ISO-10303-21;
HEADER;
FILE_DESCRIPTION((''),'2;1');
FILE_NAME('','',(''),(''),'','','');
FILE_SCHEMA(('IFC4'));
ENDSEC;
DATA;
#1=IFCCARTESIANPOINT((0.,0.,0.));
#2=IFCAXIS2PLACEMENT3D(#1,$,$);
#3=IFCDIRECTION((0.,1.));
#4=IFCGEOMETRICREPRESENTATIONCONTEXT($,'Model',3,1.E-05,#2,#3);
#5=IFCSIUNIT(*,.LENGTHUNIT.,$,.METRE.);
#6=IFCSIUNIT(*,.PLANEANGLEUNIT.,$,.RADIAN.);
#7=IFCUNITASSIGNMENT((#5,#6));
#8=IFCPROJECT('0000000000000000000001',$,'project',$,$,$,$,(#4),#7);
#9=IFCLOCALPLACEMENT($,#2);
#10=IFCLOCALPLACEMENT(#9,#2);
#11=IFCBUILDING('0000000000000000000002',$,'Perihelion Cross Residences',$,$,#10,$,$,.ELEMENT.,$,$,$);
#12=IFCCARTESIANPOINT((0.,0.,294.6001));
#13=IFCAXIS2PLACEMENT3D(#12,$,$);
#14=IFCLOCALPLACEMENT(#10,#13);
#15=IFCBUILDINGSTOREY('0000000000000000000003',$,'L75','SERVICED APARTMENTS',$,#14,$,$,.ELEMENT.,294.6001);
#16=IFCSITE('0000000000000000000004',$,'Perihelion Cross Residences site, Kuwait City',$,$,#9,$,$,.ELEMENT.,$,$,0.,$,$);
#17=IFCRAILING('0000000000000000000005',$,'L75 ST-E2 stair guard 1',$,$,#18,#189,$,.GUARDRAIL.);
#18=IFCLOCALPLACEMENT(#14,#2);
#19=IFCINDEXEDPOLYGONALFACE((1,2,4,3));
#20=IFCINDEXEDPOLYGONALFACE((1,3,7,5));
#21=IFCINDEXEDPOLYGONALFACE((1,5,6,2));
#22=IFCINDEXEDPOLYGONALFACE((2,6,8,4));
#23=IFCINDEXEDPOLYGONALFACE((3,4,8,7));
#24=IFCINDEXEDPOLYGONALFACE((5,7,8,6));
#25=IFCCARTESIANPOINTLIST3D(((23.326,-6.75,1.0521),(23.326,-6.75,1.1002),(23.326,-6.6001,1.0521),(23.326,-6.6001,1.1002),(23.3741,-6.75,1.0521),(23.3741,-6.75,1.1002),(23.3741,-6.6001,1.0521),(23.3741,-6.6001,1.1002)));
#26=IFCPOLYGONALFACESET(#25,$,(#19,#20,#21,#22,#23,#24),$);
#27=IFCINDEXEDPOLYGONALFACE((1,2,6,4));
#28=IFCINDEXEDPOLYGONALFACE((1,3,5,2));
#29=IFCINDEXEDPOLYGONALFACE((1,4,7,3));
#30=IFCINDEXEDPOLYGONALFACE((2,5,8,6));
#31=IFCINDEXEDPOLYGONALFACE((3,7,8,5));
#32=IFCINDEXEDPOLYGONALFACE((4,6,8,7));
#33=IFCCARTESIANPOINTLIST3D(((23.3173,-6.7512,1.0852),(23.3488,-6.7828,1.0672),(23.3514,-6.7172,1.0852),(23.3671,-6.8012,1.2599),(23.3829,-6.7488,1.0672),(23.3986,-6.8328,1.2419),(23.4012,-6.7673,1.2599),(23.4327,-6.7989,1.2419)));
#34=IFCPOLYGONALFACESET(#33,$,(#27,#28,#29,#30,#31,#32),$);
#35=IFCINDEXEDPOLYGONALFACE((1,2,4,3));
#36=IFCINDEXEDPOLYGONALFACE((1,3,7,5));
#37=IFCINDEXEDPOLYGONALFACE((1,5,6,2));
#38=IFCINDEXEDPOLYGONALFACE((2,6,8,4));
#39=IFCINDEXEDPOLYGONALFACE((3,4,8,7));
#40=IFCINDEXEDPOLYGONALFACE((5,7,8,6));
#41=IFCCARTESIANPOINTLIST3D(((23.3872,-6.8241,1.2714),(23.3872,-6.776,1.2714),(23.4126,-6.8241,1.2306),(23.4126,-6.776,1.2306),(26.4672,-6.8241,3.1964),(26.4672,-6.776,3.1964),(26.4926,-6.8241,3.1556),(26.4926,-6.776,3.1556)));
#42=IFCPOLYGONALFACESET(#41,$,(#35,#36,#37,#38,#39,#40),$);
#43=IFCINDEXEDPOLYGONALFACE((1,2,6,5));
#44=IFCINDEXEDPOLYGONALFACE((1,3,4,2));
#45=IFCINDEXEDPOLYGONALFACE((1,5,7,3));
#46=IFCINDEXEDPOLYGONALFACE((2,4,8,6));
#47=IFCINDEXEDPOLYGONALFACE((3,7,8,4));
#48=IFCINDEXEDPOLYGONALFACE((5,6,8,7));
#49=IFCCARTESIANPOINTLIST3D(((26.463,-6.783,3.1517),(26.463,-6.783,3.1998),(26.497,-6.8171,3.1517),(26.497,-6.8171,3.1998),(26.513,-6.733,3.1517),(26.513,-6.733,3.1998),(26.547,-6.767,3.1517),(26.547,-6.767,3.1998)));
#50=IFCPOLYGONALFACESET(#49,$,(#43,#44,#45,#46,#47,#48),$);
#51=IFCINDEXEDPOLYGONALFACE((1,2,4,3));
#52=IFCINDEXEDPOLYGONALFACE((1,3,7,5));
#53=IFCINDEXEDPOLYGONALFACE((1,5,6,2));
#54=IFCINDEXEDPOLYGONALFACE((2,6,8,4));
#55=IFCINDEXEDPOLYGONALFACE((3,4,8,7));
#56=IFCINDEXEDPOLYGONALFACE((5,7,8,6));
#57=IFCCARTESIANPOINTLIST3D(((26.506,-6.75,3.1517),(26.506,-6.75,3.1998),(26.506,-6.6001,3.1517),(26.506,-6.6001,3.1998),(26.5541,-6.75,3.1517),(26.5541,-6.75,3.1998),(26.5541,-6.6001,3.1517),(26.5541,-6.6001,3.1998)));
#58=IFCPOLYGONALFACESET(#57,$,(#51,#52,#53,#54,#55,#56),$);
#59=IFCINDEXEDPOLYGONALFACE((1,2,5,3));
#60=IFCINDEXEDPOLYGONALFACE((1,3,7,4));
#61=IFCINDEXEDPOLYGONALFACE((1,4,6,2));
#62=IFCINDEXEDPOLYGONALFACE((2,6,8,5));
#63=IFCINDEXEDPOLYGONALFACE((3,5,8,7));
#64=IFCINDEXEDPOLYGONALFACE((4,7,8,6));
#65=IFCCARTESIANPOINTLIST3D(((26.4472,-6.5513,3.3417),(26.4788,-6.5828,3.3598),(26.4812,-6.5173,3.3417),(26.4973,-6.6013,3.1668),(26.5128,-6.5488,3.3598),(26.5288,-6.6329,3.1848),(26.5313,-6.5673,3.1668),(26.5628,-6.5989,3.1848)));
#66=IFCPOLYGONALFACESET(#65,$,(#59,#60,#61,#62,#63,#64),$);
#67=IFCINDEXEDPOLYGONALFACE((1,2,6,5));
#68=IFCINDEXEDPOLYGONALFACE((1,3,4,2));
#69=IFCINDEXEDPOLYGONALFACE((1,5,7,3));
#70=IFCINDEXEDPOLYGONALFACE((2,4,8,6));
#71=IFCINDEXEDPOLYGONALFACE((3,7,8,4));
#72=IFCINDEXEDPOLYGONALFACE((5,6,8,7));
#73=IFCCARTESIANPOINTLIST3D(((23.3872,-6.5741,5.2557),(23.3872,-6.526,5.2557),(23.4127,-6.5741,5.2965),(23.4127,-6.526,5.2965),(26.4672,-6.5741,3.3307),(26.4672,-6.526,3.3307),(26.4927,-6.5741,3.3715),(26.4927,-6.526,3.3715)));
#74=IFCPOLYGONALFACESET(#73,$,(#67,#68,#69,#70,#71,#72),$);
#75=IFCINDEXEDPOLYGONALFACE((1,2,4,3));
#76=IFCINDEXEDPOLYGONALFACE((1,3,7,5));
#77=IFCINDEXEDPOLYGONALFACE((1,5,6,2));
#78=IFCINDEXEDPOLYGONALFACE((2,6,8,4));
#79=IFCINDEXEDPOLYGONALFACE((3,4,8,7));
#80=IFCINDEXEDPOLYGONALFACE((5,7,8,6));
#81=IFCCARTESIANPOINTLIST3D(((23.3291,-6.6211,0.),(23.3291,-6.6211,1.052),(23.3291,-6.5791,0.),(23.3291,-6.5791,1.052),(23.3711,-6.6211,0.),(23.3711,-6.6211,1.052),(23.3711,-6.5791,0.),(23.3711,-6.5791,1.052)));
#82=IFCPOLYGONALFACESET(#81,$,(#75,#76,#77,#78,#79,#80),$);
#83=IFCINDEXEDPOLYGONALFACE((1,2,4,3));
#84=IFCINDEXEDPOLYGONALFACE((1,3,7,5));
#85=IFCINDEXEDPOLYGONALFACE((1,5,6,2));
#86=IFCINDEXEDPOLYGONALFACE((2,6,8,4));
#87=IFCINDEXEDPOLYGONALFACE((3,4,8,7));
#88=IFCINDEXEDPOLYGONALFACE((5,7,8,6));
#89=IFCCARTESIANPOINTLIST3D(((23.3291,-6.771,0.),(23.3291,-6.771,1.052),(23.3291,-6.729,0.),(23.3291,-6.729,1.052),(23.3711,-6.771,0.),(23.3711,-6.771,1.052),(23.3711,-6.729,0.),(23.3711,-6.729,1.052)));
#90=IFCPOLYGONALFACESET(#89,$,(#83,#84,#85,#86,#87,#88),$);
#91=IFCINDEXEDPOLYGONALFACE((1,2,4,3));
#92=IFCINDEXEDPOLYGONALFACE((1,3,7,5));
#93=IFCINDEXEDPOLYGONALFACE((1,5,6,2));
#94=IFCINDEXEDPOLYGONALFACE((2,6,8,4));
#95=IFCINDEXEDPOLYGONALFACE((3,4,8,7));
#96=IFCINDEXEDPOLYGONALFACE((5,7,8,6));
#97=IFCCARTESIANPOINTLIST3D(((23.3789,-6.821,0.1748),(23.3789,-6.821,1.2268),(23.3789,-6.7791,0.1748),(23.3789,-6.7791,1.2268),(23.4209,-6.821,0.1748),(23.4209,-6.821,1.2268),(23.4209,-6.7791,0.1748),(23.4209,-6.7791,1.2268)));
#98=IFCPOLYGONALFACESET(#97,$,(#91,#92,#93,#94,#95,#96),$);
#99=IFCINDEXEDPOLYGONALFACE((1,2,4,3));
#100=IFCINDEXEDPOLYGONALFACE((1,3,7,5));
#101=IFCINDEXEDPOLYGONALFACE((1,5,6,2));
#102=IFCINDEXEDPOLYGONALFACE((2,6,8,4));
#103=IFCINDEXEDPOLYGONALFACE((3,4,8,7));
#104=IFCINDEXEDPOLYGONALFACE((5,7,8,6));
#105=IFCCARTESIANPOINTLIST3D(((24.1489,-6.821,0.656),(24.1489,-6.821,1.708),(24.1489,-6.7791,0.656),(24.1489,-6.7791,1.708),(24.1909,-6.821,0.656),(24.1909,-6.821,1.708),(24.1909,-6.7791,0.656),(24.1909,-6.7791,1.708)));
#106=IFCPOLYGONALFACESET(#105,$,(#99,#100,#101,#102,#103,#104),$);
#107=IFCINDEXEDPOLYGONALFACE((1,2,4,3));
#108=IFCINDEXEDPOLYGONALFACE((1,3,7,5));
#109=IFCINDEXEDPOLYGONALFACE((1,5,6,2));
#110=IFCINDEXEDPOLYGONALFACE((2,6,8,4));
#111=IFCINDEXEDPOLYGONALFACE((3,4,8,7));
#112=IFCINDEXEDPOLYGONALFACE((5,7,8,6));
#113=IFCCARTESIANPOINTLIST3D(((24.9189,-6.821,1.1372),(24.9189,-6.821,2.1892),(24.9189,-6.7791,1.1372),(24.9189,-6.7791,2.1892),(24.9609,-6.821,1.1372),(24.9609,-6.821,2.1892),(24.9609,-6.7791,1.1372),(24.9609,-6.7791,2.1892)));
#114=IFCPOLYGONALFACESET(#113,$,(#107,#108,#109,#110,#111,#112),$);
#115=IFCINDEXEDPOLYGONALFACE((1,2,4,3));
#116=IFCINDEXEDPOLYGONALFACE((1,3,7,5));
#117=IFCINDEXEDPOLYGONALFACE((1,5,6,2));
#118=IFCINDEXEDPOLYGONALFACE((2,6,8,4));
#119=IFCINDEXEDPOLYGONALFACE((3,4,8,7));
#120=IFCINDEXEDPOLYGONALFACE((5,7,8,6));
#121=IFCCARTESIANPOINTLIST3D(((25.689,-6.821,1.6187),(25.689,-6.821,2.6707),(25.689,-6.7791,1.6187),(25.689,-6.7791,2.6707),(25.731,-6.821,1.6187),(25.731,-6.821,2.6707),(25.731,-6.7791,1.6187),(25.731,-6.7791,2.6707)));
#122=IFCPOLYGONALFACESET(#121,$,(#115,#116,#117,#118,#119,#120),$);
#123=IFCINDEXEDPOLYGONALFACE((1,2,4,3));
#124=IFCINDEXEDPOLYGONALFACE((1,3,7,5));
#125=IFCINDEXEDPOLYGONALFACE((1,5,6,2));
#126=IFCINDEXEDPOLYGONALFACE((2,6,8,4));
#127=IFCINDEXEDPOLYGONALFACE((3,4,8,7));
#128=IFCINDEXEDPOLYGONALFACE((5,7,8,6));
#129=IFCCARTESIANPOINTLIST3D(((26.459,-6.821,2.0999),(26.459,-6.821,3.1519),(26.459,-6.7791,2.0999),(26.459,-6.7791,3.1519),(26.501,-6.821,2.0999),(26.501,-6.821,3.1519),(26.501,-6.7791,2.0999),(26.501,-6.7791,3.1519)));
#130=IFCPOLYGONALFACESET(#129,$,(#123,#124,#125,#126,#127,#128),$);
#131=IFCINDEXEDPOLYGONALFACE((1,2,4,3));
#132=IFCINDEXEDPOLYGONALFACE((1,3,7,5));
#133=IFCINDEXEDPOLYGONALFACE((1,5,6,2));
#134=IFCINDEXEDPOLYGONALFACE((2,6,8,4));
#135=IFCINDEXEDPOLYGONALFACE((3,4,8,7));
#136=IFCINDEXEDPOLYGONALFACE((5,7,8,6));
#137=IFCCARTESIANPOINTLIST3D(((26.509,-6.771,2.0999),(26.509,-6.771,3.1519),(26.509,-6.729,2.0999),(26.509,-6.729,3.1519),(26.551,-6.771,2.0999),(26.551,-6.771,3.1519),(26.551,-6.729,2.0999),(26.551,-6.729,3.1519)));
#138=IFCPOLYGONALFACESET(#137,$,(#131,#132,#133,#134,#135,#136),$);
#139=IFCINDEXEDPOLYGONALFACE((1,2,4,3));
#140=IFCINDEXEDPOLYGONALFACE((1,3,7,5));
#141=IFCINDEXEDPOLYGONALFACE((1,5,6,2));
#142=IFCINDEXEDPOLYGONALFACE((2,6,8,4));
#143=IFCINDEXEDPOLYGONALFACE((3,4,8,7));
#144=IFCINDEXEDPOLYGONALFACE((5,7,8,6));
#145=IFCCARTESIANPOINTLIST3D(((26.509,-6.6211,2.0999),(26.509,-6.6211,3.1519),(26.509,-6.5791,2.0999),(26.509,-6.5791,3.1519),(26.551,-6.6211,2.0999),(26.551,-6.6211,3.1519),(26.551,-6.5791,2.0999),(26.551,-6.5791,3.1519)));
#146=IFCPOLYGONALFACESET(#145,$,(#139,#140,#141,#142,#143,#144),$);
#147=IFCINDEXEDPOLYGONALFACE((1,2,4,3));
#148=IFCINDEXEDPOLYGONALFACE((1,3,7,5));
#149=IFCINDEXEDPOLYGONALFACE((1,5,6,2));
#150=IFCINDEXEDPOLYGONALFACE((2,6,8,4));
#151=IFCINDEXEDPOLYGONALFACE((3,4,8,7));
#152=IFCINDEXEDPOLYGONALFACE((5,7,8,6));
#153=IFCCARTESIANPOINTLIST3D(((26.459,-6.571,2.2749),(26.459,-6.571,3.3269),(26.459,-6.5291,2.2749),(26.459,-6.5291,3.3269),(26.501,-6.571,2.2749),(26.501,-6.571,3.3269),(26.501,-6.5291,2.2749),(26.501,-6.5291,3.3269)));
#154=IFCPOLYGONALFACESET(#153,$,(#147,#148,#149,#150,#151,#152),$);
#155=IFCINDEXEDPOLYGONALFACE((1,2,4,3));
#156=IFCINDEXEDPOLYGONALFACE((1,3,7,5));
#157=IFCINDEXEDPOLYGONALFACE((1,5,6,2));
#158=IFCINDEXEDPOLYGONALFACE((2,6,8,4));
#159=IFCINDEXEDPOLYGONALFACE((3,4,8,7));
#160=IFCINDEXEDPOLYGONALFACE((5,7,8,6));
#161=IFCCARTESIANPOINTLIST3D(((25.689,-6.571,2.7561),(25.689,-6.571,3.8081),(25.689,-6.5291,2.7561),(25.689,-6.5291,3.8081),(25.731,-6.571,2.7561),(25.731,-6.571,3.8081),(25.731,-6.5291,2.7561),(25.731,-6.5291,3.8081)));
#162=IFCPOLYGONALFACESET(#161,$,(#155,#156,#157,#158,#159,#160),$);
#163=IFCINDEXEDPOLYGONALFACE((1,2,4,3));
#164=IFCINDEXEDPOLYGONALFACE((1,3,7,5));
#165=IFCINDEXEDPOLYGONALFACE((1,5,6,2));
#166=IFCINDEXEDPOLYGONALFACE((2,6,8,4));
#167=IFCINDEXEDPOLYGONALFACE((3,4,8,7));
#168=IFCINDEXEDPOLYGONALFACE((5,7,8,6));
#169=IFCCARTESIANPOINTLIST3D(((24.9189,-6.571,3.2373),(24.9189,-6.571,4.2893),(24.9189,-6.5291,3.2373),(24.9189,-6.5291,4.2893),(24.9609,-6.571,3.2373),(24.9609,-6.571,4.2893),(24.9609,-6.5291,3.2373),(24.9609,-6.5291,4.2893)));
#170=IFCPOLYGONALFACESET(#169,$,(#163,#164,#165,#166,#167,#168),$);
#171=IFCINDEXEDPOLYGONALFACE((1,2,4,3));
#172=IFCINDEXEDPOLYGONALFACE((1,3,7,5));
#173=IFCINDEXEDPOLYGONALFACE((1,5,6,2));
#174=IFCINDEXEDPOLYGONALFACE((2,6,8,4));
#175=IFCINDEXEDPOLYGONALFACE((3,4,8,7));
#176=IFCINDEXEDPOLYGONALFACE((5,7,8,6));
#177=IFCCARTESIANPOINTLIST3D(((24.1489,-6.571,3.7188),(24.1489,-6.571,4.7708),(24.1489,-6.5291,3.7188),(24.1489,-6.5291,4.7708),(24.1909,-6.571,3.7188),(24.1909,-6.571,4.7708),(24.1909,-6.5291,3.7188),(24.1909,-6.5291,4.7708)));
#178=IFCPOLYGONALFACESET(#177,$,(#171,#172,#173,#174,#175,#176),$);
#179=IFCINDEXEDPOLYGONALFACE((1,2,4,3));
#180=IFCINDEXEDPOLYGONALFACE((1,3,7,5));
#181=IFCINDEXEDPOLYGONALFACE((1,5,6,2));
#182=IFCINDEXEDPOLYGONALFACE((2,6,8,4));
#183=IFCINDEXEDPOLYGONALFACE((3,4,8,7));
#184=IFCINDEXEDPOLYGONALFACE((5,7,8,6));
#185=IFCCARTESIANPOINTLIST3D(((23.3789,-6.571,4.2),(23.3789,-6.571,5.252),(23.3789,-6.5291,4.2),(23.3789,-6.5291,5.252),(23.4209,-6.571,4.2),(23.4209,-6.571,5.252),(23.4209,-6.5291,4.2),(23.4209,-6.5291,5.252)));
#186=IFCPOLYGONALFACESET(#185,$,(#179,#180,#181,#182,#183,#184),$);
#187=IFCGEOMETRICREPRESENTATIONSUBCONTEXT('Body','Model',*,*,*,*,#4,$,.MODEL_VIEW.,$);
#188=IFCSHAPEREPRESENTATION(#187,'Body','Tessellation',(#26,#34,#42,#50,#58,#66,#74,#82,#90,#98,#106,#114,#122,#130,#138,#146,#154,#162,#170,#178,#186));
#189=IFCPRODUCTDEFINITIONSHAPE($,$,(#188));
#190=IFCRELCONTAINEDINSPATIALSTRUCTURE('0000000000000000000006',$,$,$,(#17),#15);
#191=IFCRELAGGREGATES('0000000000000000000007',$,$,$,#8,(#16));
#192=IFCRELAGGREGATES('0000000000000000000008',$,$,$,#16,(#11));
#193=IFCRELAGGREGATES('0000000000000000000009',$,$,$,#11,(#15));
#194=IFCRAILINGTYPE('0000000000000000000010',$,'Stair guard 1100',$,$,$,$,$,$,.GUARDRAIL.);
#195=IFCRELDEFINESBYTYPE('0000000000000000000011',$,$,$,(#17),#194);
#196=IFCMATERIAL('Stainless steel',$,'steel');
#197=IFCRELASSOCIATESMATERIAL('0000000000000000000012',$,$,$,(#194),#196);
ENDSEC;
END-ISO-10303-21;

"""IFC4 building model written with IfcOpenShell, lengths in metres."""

from ifc_helpers import new_model, si_unit, direction, frame, origin, origin_2d, place, context, subcontext, project, spatial, rectangle, extrude, material, type_object, element, save


model = new_model("IFC4")

# Units and contexts
model_context = context("Model", 3, precision=1e-05, world=origin(), true_north=direction((0.0, 1.0)))
body_context = subcontext(model_context, "Body", "Model", "MODEL_VIEW")
ifc_project = project(units=[si_unit("LENGTHUNIT", "METRE"), si_unit("PLANEANGLEUNIT", "RADIAN")], contexts=[model_context])

# Site, building, storey
site_placement = place(None, origin())
site = spatial("IfcSite", under=ifc_project, at=site_placement, Name="Perihelion Cross Residences site, Kuwait City", CompositionType="ELEMENT", RefElevation=0.0)
building_placement = place(site_placement, origin())
building = spatial("IfcBuilding", under=site, at=building_placement, Name="Perihelion Cross Residences", CompositionType="ELEMENT")
storey_placement = place(building_placement, frame((0.0, 0.0, 294.6001)))
storey = spatial("IfcBuildingStorey", under=building, at=storey_placement, Name="L75", Description="SERVICED APARTMENTS", CompositionType="ELEMENT", Elevation=294.6001)

# Railing
ifc_material_1 = material(Name="Stainless steel", Category="steel")
railing_type_1 = type_object("IfcRailingType", Name="Stair guard 1100", PredefinedType="GUARDRAIL", material=ifc_material_1)
railing_1_placement = place(storey_placement, frame((23.3501, -6.6001, 0.0)))
element("IfcRailing", 1, at=railing_1_placement, inside=storey, type_object=railing_type_1, Name="L75 ST-E2 stair guard 1", PredefinedType="GUARDRAIL", context=body_context, shape_type="SweptSolid", body=[
    extrude(rectangle(XDim=0.0481, YDim=0.0481, at=origin_2d()), frame((0.0, 0.0, 1.0762), z_axis=(0.0, -1.0, 0.0), x_axis=(1.0, 0.0, 0.0)), (0.0, 0.0, 1.0), 0.1499),
    extrude(rectangle(XDim=0.0481, YDim=0.0481, at=origin_2d()), frame((0.0, -0.1499, 1.0762), z_axis=(0.264179, -0.265474, 0.927218), x_axis=(0.708834, 0.705376, 0.0)), (0.0, 0.0, 1.0), 0.1885),
    extrude(rectangle(XDim=0.0481, YDim=0.0481, at=origin_2d()), frame((0.0498, -0.2, 1.251), z_axis=(0.847998, 0.0, 0.529999), x_axis=(0.0, 1.0, 0.0)), (0.0, 0.0, 1.0), 3.6321),
    extrude(rectangle(XDim=0.0481, YDim=0.0481, at=origin_2d()), frame((3.1299, -0.2, 3.1758), z_axis=(0.707107, 0.707107, 0.0), x_axis=(-0.707107, 0.707107, 0.0)), (0.0, 0.0, 1.0), 0.0708),
    extrude(rectangle(XDim=0.0481, YDim=0.0481, at=origin_2d()), frame((3.1799, -0.1499, 3.1758), z_axis=(0.0, 1.0, 0.0), x_axis=(-1.0, 0.0, 0.0)), (0.0, 0.0, 1.0), 0.1499),
    extrude(rectangle(XDim=0.0481, YDim=0.0481, at=origin_2d()), frame((3.1799, 0.0, 3.1758), z_axis=(-0.265065, 0.265065, 0.927082), x_axis=(-0.707107, -0.707107, 0.0)), (0.0, 0.0, 1.0), 0.1887),
    extrude(rectangle(XDim=0.0481, YDim=0.0481, at=origin_2d()), frame((3.1299, 0.05, 3.3511), z_axis=(-0.847998, 0.0, 0.529999), x_axis=(0.0, -1.0, 0.0)), (0.0, 0.0, 1.0), 3.6321),
    extrude(rectangle(XDim=0.042, YDim=0.042, at=origin_2d()), origin(), (0.0, 0.0, 1.0), 1.052),
    extrude(rectangle(XDim=0.042, YDim=0.042, at=origin_2d()), frame((0.0, -0.1499, 0.0)), (0.0, 0.0, 1.0), 1.052),
    extrude(rectangle(XDim=0.042, YDim=0.042, at=origin_2d()), frame((0.0498, -0.2, 0.1748)), (0.0, 0.0, 1.0), 1.052),
    extrude(rectangle(XDim=0.042, YDim=0.042, at=origin_2d()), frame((0.8198, -0.2, 0.656)), (0.0, 0.0, 1.0), 1.052),
    extrude(rectangle(XDim=0.042, YDim=0.042, at=origin_2d()), frame((1.5898, -0.2, 1.1372)), (0.0, 0.0, 1.0), 1.052),
    extrude(rectangle(XDim=0.042, YDim=0.042, at=origin_2d()), frame((2.3599, -0.2, 1.6187)), (0.0, 0.0, 1.0), 1.052),
    extrude(rectangle(XDim=0.042, YDim=0.042, at=origin_2d()), frame((3.1299, -0.2, 2.0999)), (0.0, 0.0, 1.0), 1.052),
    extrude(rectangle(XDim=0.042, YDim=0.042, at=origin_2d()), frame((3.1799, -0.1499, 2.0999)), (0.0, 0.0, 1.0), 1.052),
    extrude(rectangle(XDim=0.042, YDim=0.042, at=origin_2d()), frame((3.1799, 0.0, 2.0999)), (0.0, 0.0, 1.0), 1.052),
    extrude(rectangle(XDim=0.042, YDim=0.042, at=origin_2d()), frame((3.1299, 0.05, 2.2749)), (0.0, 0.0, 1.0), 1.052),
    extrude(rectangle(XDim=0.042, YDim=0.042, at=origin_2d()), frame((2.3599, 0.05, 2.7561)), (0.0, 0.0, 1.0), 1.052),
    extrude(rectangle(XDim=0.042, YDim=0.042, at=origin_2d()), frame((1.5898, 0.05, 3.2373)), (0.0, 0.0, 1.0), 1.052),
    extrude(rectangle(XDim=0.042, YDim=0.042, at=origin_2d()), frame((0.8198, 0.05, 3.7188)), (0.0, 0.0, 1.0), 1.052),
    extrude(rectangle(XDim=0.042, YDim=0.042, at=origin_2d()), frame((0.0498, 0.05, 4.2)), (0.0, 0.0, 1.0), 1.052),
])

save(model, "model.ifc")
